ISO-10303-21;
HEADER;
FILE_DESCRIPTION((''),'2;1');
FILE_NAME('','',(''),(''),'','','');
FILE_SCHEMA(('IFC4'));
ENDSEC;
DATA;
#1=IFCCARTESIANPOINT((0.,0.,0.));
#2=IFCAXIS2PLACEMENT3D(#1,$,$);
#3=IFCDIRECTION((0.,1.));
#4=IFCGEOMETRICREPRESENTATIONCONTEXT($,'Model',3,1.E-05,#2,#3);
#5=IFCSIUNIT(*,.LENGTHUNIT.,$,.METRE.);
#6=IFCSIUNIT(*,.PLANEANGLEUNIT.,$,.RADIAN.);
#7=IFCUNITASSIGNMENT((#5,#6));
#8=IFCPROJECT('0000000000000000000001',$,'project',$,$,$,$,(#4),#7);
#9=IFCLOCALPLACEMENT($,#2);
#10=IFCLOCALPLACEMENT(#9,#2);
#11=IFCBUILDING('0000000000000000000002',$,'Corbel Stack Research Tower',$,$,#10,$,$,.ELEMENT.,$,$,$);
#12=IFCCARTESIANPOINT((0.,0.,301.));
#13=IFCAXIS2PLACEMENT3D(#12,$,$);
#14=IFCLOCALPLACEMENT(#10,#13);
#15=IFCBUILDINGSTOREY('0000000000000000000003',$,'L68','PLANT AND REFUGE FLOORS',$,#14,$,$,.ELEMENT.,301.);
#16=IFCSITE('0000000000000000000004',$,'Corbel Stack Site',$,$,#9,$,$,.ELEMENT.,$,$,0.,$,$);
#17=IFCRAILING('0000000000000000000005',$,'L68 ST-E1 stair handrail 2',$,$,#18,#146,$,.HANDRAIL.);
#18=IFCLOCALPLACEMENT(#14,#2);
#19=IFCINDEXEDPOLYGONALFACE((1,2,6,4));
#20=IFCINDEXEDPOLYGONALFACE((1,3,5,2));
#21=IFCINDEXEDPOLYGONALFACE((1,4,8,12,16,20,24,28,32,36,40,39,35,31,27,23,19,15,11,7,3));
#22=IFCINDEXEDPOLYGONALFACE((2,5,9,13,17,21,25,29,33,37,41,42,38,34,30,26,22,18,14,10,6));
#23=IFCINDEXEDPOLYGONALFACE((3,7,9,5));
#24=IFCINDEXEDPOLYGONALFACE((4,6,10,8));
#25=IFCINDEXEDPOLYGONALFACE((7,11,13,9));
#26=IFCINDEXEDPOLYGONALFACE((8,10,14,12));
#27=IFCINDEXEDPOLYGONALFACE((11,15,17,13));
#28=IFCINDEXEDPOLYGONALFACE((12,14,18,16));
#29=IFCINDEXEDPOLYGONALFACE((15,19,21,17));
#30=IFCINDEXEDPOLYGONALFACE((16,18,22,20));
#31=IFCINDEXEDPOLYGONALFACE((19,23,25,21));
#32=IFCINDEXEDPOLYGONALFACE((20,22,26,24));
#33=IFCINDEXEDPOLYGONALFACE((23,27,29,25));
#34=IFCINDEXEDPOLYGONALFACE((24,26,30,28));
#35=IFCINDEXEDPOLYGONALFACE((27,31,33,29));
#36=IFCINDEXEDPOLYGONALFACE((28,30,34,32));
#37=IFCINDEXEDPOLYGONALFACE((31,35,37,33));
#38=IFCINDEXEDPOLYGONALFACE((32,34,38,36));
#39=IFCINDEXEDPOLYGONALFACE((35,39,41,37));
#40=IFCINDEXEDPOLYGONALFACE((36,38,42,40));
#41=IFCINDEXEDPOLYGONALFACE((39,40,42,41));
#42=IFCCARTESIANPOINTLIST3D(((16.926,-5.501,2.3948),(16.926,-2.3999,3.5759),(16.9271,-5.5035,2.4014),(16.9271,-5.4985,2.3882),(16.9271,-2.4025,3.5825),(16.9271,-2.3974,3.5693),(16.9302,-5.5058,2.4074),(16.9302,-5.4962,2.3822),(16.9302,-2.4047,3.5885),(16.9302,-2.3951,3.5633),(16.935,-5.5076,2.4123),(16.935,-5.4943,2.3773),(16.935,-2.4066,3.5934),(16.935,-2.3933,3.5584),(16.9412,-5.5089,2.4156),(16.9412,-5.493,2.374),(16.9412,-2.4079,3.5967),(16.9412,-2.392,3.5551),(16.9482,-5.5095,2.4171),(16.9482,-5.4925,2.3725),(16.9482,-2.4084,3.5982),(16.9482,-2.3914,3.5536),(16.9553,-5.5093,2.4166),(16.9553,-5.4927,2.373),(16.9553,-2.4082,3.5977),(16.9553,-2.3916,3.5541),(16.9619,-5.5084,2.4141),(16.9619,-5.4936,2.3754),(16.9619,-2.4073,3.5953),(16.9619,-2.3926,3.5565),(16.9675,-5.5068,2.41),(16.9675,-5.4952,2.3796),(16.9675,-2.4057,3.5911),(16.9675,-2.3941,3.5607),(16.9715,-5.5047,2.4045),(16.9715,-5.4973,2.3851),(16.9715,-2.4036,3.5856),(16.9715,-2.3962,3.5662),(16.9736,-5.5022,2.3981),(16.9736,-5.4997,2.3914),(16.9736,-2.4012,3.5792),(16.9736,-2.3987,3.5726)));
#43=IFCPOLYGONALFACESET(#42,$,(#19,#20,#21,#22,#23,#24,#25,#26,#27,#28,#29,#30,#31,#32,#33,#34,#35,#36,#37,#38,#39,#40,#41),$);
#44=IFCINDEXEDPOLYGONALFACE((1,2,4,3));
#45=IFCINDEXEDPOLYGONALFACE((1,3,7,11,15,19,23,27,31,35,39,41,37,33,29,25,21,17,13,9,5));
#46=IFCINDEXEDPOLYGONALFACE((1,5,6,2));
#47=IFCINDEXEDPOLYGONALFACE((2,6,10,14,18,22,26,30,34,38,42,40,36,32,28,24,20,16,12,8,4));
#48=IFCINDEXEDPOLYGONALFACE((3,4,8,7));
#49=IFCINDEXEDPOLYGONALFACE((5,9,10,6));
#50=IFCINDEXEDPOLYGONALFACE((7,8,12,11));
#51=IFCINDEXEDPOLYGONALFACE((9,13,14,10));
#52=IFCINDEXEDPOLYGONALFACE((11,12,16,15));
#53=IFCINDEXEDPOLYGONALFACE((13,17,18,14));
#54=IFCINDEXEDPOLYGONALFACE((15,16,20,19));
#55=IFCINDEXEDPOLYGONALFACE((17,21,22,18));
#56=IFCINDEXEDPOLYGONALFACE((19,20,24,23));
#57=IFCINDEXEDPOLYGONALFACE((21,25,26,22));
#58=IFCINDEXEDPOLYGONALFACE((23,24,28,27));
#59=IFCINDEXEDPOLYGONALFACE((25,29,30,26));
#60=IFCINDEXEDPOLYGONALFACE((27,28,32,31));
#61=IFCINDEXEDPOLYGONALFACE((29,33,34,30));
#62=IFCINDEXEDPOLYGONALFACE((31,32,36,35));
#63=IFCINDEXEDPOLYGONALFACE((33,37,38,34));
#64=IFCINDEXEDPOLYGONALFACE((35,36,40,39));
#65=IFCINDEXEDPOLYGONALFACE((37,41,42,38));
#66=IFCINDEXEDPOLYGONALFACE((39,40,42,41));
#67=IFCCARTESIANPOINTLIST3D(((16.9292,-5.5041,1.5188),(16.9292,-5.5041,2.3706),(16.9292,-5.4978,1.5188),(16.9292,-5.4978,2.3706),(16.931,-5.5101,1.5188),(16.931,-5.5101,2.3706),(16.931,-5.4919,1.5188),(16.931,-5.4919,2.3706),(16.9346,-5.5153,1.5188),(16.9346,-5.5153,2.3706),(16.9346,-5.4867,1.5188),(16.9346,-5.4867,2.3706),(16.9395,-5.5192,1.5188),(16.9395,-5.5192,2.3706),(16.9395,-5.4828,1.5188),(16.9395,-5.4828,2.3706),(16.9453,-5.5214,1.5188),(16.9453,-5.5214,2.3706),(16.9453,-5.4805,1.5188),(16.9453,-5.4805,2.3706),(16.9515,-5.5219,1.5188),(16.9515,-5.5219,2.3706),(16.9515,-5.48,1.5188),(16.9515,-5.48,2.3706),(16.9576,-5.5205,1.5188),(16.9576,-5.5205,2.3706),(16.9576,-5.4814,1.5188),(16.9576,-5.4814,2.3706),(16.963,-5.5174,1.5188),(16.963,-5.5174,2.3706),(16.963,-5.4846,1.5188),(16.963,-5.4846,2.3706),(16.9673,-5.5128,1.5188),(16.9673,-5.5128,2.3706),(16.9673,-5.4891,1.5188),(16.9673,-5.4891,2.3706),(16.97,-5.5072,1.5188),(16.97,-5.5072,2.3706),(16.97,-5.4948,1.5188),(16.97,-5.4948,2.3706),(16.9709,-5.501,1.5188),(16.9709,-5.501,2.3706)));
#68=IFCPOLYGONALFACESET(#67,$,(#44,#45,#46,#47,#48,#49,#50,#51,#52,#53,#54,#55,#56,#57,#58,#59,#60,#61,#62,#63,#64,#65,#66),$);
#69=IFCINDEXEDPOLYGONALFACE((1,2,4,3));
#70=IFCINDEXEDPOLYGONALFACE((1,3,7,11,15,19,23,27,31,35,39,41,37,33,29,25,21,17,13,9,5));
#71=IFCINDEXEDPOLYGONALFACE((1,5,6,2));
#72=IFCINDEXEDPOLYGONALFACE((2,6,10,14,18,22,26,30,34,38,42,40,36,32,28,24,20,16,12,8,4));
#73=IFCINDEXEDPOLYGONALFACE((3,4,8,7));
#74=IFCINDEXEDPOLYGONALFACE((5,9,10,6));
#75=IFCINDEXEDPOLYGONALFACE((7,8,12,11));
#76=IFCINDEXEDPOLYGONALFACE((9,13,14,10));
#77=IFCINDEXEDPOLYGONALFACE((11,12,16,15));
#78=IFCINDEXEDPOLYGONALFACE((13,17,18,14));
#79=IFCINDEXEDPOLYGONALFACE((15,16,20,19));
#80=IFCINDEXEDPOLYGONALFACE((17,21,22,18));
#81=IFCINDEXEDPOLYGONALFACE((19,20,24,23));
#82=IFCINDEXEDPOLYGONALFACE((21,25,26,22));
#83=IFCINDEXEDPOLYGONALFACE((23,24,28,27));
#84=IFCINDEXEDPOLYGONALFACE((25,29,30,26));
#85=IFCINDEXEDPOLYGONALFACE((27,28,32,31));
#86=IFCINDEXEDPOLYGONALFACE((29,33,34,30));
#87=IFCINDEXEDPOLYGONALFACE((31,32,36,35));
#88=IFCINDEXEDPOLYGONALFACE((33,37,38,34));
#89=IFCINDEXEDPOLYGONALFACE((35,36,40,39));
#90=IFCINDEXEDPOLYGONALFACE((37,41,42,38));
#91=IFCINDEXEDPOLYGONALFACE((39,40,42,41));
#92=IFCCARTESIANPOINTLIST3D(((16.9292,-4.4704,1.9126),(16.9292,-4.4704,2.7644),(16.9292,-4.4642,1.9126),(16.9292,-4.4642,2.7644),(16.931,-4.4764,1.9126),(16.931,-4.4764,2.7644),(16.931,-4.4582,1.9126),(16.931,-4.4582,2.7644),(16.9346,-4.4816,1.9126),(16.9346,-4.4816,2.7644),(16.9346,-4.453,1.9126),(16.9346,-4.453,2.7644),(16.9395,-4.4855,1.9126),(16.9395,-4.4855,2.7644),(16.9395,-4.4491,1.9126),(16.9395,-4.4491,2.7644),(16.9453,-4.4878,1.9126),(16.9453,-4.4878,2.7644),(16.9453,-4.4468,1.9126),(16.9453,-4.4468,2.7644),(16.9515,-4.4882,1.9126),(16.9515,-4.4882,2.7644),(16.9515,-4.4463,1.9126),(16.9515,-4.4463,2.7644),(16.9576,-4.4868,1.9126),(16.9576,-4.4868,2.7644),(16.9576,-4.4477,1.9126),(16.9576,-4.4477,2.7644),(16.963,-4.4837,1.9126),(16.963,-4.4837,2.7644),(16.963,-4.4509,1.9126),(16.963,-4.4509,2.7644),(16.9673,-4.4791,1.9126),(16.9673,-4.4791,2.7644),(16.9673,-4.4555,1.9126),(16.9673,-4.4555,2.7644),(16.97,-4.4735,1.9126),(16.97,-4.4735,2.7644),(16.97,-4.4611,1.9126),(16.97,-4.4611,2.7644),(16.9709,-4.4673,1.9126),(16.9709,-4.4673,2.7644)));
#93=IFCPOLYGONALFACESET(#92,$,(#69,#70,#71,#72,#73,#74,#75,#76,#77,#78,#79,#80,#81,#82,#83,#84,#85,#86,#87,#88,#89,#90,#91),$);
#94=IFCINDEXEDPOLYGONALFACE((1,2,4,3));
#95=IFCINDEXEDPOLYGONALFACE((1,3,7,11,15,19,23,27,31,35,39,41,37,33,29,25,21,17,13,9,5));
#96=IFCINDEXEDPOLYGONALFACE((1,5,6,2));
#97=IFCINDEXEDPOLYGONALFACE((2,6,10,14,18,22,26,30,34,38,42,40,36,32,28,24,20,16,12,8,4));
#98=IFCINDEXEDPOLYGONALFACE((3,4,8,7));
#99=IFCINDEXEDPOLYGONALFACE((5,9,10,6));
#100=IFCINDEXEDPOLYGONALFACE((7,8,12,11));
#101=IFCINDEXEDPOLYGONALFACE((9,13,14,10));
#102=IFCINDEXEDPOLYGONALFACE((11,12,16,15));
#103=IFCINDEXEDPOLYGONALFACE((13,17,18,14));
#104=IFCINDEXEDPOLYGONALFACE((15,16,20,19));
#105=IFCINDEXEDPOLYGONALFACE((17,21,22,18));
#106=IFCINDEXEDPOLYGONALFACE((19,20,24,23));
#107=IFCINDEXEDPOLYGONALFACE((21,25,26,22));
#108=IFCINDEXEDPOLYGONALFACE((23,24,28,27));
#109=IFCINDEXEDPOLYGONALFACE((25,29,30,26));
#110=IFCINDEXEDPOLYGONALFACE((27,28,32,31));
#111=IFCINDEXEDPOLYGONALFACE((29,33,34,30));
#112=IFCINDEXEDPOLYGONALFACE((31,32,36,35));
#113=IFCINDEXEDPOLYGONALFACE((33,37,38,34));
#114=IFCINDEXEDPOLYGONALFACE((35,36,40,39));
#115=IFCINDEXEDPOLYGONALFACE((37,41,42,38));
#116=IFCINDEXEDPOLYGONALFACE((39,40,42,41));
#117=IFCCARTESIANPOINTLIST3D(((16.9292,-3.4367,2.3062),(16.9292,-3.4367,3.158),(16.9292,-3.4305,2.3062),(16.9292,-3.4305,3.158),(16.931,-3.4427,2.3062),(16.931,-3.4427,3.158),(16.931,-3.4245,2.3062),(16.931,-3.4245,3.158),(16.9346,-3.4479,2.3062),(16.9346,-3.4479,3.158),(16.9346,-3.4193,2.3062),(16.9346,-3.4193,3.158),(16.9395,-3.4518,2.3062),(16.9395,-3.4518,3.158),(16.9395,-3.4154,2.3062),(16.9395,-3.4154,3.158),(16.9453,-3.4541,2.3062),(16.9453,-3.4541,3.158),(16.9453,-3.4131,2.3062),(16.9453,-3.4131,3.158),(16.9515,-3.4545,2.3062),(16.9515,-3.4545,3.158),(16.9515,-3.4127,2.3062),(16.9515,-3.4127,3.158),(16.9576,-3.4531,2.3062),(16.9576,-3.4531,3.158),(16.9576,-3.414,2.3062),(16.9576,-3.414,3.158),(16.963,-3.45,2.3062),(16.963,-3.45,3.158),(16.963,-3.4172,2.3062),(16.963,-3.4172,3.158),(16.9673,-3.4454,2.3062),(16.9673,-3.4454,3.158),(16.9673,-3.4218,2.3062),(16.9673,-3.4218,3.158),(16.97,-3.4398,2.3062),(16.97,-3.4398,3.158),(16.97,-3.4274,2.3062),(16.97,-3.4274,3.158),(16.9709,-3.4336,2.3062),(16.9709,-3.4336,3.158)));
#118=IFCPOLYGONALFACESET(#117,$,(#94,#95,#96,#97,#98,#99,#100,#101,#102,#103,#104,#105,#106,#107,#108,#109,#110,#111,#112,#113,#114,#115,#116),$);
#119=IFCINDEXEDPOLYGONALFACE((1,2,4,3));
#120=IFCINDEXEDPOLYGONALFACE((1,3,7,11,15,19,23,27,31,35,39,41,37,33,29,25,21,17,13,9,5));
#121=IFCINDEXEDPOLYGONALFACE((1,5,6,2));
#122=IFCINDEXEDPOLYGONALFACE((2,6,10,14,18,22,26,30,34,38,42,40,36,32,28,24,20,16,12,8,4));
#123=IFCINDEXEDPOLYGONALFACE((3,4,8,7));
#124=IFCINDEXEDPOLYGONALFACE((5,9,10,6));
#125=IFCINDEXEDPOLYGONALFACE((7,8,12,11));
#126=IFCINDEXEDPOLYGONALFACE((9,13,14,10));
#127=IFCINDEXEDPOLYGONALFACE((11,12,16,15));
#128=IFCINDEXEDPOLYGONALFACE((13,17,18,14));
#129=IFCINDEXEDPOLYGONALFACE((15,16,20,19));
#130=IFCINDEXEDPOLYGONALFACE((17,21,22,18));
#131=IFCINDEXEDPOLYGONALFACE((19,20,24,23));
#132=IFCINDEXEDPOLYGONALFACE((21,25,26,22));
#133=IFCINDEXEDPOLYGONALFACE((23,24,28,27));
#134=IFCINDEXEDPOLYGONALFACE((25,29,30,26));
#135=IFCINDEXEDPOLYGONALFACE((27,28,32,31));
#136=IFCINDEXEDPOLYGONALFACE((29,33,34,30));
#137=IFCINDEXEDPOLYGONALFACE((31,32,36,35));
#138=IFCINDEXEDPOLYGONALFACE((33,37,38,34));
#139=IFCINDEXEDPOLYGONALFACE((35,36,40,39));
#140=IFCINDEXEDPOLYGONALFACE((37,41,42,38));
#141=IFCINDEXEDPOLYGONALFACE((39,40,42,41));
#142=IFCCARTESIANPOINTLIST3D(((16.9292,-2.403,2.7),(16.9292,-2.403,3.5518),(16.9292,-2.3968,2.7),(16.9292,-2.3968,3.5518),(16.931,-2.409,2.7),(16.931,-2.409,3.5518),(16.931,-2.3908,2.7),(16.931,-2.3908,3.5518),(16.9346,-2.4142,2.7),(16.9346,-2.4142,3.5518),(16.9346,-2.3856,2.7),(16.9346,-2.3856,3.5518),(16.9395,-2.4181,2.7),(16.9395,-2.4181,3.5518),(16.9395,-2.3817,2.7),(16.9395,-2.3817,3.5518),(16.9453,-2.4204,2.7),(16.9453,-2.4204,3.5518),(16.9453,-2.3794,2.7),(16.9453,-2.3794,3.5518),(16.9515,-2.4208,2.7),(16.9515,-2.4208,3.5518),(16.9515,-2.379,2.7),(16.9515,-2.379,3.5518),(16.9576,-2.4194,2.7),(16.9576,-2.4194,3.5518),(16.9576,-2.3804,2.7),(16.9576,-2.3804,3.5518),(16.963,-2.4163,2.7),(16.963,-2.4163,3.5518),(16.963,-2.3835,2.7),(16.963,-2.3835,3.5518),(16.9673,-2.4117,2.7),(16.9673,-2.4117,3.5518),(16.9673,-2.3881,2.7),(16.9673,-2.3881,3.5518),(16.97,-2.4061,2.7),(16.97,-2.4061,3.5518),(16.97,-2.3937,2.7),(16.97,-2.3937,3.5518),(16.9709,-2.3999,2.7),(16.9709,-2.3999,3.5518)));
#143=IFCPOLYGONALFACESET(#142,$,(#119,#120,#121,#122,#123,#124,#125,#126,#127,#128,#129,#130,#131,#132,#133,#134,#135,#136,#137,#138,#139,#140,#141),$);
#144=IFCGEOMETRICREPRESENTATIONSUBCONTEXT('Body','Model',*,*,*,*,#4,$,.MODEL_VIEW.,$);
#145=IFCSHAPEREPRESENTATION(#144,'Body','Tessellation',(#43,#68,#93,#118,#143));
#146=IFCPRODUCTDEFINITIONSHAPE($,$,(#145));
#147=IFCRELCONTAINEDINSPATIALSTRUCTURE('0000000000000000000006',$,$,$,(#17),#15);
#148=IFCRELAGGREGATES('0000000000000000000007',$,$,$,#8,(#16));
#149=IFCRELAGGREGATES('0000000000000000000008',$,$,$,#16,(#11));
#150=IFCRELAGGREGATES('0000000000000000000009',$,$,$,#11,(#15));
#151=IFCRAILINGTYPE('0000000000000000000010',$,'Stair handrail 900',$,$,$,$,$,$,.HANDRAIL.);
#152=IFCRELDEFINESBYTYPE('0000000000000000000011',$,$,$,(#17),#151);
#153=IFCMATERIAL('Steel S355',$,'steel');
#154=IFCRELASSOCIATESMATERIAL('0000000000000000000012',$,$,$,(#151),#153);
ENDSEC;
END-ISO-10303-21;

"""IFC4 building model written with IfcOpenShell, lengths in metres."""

from ifc_helpers import new_model, si_unit, direction, frame, origin, origin_2d, place, context, subcontext, project, spatial, circle, extrude, material, type_object, element, save


model = new_model("IFC4")

# Units and contexts
model_context = context("Model", 3, precision=1e-05, world=origin(), true_north=direction((0.0, 1.0)))
body_context = subcontext(model_context, "Body", "Model", "MODEL_VIEW")
ifc_project = project(units=[si_unit("LENGTHUNIT", "METRE"), si_unit("PLANEANGLEUNIT", "RADIAN")], contexts=[model_context])

# Site, building, storey
site_placement = place(None, origin())
site = spatial("IfcSite", under=ifc_project, at=site_placement, Name="Corbel Stack Site", CompositionType="ELEMENT", RefElevation=0.0)
building_placement = place(site_placement, origin())
building = spatial("IfcBuilding", under=site, at=building_placement, Name="Corbel Stack Research Tower", CompositionType="ELEMENT")
storey_placement = place(building_placement, frame((0.0, 0.0, 301.0)))
storey = spatial("IfcBuildingStorey", under=building, at=storey_placement, Name="L68", Description="PLANT AND REFUGE FLOORS", CompositionType="ELEMENT", Elevation=301.0)

# Railing
ifc_material_1 = material(Name="Steel S355", Category="steel")
railing_type_1 = type_object("IfcRailingType", Name="Stair handrail 900", PredefinedType="HANDRAIL", material=ifc_material_1)
railing_1_placement = place(storey_placement, frame((16.95, -5.501, 1.5188)))
element("IfcRailing", 1, at=railing_1_placement, inside=storey, type_object=railing_type_1, Name="L68 ST-E1 stair handrail 2", PredefinedType="HANDRAIL", context=body_context, shape_type="SweptSolid", body=[
    extrude(circle(Radius=0.0239, at=origin_2d()), frame((0.0, 0.0, 0.876), z_axis=(0.0, 0.934509, 0.35594), x_axis=(-1.0, 0.0, 0.0)), (0.0, 0.0, 1.0), 3.3184),
    extrude(circle(Radius=0.021, at=origin_2d()), origin(), (0.0, 0.0, 1.0), 0.8518),
    extrude(circle(Radius=0.021, at=origin_2d()), frame((0.0, 1.0337, 0.3938)), (0.0, 0.0, 1.0), 0.8518),
    extrude(circle(Radius=0.021, at=origin_2d()), frame((0.0, 2.0674, 0.7874)), (0.0, 0.0, 1.0), 0.8518),
    extrude(circle(Radius=0.021, at=origin_2d()), frame((0.0, 3.1011, 1.1812)), (0.0, 0.0, 1.0), 0.8518),
])

save(model, "model.ifc")
